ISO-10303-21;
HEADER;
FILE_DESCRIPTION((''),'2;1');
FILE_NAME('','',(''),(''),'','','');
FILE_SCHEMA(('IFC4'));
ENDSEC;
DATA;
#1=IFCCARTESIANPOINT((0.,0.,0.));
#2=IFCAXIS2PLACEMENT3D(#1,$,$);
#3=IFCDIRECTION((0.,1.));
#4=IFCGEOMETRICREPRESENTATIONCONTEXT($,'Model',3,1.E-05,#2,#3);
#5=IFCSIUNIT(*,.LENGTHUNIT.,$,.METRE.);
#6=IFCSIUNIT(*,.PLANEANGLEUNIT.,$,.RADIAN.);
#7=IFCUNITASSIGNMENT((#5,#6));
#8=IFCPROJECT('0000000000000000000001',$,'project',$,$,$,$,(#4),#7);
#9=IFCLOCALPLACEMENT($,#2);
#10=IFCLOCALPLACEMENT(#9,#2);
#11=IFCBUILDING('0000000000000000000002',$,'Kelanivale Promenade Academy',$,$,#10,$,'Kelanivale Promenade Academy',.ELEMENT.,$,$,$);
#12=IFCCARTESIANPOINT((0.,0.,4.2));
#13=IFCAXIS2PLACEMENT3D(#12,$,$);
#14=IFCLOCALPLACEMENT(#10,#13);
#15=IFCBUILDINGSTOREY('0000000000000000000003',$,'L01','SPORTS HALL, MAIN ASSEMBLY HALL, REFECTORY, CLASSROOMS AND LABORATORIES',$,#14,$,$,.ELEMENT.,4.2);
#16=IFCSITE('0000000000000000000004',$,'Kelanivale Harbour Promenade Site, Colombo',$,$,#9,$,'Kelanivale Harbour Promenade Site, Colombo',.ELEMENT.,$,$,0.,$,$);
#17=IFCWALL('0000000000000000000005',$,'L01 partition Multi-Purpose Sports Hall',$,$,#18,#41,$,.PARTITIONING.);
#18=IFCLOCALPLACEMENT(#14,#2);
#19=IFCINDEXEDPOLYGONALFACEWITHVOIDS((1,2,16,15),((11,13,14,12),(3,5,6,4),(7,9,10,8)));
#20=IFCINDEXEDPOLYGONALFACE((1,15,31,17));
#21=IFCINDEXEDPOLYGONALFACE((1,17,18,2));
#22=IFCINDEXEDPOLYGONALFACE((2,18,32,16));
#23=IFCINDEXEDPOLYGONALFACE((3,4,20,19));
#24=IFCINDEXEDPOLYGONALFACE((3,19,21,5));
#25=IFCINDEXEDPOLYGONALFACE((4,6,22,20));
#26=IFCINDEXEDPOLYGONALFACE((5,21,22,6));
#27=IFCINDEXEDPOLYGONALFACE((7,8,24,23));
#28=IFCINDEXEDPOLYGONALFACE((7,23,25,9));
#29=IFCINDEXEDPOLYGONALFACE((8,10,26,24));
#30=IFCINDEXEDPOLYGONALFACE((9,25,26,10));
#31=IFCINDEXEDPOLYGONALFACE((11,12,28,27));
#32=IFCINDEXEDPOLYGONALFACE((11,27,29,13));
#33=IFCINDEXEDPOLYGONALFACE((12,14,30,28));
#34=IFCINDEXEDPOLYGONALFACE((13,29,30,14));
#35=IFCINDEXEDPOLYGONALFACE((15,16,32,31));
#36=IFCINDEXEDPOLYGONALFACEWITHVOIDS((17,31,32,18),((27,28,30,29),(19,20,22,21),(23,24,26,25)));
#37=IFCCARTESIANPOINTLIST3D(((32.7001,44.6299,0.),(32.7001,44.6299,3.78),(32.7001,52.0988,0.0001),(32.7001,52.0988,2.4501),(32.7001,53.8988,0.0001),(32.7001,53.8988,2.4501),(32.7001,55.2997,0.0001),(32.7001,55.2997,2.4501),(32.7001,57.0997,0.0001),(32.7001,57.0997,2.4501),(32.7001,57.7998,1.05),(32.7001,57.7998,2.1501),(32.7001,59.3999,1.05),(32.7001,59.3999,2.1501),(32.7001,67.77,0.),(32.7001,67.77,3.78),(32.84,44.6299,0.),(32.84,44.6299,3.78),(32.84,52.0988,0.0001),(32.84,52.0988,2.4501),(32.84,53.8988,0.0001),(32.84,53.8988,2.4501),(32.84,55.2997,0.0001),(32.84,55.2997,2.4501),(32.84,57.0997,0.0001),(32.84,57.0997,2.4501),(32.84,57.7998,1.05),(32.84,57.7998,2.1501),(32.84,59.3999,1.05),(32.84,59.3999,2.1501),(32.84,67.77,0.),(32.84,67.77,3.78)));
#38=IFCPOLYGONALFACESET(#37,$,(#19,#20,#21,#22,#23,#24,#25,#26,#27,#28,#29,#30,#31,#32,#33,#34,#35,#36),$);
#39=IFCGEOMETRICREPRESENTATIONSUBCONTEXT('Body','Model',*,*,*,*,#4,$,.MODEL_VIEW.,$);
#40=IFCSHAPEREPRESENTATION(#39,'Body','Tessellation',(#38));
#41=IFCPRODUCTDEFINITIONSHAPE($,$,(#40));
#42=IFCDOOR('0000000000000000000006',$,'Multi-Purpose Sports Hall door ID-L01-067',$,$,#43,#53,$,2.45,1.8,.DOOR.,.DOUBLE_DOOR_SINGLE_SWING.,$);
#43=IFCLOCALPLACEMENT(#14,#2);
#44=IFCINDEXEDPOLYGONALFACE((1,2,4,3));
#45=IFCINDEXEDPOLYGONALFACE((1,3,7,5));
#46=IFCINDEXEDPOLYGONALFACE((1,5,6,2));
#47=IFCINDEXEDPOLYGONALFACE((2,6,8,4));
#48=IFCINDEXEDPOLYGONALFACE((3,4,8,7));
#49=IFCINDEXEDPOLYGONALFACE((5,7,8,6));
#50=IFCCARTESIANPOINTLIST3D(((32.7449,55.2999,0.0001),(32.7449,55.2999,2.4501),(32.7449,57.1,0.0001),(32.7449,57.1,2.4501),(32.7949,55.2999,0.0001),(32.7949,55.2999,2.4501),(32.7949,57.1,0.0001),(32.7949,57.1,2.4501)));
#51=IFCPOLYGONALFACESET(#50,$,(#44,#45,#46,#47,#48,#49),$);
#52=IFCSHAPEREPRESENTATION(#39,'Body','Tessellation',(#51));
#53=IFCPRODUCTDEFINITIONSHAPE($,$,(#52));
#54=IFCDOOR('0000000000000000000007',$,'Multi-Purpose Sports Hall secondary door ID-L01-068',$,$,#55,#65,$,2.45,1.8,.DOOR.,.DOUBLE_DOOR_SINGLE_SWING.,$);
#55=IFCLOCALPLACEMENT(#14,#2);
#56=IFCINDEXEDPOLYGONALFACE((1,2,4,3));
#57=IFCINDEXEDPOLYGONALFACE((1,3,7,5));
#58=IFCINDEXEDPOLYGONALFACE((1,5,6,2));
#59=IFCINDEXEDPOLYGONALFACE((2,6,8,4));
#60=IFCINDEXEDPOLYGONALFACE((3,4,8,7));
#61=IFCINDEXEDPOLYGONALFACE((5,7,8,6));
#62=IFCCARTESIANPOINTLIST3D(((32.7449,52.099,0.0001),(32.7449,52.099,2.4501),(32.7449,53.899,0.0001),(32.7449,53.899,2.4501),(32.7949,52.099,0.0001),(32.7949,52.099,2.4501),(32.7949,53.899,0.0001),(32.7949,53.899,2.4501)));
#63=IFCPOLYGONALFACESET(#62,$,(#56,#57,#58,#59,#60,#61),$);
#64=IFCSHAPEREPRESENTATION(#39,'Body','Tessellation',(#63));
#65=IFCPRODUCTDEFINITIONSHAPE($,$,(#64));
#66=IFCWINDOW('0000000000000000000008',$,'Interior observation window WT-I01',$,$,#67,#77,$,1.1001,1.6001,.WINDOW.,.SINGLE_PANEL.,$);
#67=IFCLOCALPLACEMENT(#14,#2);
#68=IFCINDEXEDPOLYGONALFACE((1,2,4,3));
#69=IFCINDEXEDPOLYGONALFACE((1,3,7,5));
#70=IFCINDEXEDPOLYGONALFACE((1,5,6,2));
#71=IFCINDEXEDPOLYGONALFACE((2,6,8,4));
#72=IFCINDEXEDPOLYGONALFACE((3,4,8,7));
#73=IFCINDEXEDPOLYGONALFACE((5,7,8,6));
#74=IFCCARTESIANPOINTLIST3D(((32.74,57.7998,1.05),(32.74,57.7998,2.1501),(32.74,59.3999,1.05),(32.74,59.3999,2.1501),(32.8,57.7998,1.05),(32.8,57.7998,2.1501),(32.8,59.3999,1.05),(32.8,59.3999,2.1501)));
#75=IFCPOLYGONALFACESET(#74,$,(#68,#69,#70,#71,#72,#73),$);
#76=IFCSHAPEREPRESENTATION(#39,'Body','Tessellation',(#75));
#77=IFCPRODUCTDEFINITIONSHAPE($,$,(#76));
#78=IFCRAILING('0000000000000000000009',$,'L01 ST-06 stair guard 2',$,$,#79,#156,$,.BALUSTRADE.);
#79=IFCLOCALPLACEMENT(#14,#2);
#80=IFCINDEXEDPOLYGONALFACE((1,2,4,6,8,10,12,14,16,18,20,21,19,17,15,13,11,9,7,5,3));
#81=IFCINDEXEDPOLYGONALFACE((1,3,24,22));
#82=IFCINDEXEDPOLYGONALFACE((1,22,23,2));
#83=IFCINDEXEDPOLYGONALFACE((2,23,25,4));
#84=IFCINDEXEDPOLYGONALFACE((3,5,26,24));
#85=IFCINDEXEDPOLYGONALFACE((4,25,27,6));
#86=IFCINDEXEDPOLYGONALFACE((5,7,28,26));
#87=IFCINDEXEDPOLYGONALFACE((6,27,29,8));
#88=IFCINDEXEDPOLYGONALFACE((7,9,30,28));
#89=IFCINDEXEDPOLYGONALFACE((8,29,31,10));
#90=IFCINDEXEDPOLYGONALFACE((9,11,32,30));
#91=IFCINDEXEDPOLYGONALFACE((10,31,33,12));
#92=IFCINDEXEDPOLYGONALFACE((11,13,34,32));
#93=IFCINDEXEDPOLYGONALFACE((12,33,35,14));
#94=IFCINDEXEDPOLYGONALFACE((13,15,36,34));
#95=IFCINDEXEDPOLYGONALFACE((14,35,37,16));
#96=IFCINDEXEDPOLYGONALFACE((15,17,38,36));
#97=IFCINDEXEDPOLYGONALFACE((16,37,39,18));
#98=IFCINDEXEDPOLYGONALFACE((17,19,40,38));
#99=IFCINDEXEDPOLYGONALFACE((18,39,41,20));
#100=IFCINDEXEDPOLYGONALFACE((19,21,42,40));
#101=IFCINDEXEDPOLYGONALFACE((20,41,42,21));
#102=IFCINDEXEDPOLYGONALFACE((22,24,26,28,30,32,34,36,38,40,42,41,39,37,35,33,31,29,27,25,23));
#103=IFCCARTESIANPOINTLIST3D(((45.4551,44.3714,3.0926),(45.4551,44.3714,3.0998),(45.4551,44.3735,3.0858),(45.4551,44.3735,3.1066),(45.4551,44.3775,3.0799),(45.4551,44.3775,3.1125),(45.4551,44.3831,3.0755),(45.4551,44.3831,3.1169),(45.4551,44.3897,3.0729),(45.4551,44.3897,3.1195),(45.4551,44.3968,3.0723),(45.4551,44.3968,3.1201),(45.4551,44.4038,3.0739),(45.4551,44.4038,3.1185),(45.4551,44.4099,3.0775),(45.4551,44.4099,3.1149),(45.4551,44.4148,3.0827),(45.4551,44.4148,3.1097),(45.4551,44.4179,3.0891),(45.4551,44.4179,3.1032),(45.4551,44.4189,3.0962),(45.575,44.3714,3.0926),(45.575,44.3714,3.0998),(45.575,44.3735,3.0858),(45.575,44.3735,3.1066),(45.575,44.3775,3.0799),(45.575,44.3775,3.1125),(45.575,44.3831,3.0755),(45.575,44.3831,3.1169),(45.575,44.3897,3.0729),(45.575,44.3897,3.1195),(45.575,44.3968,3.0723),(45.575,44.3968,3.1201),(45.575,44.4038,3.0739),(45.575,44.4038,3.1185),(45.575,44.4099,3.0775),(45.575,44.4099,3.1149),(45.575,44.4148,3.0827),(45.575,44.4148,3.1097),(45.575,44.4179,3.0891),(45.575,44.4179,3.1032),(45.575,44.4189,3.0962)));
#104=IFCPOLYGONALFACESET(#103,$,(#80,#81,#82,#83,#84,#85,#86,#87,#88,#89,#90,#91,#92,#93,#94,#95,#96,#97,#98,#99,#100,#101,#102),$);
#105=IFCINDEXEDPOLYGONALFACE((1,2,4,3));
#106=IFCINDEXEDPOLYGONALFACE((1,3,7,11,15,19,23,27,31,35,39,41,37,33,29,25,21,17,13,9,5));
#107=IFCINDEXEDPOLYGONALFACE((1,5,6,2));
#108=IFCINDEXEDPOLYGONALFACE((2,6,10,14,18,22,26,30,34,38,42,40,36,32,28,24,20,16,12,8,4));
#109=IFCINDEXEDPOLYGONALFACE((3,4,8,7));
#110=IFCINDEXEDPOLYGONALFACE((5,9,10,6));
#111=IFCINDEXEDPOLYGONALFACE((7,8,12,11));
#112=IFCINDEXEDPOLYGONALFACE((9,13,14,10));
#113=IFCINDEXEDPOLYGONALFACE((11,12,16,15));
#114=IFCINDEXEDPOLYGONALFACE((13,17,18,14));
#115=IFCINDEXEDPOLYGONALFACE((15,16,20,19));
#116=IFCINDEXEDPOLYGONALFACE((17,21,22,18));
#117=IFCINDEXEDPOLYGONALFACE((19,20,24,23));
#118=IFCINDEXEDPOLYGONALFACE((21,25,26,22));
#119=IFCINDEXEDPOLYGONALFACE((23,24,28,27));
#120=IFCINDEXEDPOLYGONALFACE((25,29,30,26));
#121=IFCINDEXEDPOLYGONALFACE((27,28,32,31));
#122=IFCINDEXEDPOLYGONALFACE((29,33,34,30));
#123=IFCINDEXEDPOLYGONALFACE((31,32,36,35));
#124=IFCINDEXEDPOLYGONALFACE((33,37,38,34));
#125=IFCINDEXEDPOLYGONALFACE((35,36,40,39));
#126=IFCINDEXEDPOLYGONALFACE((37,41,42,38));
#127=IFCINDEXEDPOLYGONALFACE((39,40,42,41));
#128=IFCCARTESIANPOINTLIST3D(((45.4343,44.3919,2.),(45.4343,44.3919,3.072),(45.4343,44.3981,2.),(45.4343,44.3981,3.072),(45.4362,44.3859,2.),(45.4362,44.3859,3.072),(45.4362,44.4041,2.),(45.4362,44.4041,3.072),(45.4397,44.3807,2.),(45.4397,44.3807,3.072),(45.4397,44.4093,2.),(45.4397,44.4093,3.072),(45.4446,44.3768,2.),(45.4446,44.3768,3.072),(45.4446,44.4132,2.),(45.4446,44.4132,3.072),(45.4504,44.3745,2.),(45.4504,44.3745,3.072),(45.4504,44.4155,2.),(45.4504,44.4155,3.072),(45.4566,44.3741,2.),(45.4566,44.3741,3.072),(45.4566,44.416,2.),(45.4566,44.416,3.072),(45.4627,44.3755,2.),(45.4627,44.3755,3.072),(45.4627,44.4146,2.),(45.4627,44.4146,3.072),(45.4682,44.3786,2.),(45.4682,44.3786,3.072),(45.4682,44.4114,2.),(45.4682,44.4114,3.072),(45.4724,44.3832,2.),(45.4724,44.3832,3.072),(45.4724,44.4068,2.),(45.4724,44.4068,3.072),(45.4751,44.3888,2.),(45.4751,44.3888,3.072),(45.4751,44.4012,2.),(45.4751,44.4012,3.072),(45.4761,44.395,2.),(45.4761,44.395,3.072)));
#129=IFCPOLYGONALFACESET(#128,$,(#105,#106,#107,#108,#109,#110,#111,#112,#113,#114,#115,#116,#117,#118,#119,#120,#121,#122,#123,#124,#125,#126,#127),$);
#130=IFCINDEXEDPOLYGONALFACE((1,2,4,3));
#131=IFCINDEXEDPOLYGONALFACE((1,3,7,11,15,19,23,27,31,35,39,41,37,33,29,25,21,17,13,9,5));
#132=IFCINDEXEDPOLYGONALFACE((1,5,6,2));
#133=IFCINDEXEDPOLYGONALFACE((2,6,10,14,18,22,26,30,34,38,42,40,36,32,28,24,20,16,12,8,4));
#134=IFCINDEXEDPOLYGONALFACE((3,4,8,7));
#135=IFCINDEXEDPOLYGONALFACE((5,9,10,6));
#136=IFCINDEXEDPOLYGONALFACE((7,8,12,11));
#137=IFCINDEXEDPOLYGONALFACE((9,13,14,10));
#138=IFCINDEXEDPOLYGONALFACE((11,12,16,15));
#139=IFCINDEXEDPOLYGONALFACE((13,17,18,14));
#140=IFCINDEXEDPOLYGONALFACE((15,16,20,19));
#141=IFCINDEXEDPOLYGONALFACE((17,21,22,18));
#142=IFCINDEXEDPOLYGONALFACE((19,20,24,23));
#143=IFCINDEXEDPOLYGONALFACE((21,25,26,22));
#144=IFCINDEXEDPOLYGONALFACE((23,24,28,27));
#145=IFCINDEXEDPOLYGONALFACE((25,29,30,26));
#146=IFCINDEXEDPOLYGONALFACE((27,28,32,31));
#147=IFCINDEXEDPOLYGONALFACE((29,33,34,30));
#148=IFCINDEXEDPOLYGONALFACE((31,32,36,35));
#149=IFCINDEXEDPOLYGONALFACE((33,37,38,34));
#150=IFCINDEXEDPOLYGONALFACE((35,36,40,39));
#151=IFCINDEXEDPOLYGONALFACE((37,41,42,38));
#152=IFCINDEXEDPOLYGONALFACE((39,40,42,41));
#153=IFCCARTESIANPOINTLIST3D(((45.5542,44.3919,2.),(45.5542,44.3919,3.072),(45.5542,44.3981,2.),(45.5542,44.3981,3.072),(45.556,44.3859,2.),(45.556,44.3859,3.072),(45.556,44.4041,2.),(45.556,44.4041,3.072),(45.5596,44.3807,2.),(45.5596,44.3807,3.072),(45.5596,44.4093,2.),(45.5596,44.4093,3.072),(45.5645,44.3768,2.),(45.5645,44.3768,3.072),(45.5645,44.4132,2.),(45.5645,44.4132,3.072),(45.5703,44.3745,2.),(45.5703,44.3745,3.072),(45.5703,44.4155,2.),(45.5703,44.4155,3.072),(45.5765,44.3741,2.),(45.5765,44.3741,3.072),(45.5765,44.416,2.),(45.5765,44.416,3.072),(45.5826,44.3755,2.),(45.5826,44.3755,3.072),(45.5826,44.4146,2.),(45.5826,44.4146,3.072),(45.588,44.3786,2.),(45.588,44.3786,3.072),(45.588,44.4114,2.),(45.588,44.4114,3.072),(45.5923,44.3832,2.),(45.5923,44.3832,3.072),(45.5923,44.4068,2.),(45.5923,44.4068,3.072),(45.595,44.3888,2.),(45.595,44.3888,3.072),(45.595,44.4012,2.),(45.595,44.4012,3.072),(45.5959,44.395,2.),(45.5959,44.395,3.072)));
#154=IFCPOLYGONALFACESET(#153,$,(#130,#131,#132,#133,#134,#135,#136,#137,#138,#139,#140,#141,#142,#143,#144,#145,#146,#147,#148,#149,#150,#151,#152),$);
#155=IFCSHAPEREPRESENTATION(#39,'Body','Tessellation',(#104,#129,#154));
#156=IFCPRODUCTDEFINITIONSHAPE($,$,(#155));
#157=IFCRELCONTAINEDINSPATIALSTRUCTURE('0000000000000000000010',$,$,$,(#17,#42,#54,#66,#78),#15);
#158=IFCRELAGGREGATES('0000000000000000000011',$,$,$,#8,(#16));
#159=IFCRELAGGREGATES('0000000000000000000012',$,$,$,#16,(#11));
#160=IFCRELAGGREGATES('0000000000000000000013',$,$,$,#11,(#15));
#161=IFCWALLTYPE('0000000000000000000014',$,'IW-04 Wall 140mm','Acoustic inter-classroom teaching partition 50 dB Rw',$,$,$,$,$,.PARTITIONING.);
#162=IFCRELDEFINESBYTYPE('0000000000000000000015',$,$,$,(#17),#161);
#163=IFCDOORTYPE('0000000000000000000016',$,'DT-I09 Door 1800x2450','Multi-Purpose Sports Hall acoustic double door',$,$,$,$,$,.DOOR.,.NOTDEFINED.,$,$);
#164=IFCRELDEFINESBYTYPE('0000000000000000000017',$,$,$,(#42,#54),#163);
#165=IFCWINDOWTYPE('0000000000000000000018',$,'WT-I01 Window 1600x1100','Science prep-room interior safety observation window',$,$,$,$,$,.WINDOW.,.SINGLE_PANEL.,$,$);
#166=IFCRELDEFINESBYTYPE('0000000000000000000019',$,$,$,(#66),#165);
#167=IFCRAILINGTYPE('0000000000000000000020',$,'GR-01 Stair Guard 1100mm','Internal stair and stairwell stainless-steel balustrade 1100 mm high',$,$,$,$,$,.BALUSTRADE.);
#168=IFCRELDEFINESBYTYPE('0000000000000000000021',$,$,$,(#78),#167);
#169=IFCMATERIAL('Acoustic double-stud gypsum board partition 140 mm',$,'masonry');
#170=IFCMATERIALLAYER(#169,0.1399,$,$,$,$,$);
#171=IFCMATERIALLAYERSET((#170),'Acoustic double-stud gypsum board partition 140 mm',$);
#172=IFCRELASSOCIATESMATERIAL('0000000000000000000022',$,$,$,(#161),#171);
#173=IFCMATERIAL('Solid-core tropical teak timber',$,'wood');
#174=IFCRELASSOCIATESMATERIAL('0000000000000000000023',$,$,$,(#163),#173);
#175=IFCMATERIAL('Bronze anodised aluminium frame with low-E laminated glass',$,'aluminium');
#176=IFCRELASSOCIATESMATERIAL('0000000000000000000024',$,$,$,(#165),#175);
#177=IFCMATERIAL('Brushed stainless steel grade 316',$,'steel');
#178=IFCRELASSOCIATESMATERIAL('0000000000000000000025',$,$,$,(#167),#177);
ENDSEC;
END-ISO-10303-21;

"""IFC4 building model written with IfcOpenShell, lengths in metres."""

from ifc_helpers import new_model, si_unit, direction, frame, frame_2d, origin, origin_2d, place, context, subcontext, project, spatial, rectangle, circle, extrude, material, layer, layer_set, type_object, element, fill, save


model = new_model("IFC4")

# Units and contexts
model_context = context("Model", 3, precision=1e-05, world=origin(), true_north=direction((0.0, 1.0)))
body_context = subcontext(model_context, "Body", "Model", "MODEL_VIEW")
ifc_project = project(units=[si_unit("LENGTHUNIT", "METRE"), si_unit("PLANEANGLEUNIT", "RADIAN")], contexts=[model_context])

# Site, building, storey
site_placement = place(None, origin())
site = spatial("IfcSite", under=ifc_project, at=site_placement, Name="Kelanivale Harbour Promenade Site, Colombo", LongName="Kelanivale Harbour Promenade Site, Colombo", CompositionType="ELEMENT", RefElevation=0.0)
building_placement = place(site_placement, origin())
building = spatial("IfcBuilding", under=site, at=building_placement, Name="Kelanivale Promenade Academy", LongName="Kelanivale Promenade Academy", CompositionType="ELEMENT")
storey_placement = place(building_placement, frame((0.0, 0.0, 4.2)))
storey = spatial("IfcBuildingStorey", under=building, at=storey_placement, Name="L01", Description="SPORTS HALL, MAIN ASSEMBLY HALL, REFECTORY, CLASSROOMS AND LABORATORIES", CompositionType="ELEMENT", Elevation=4.2)

# Shared definitions
ifc_material_1 = material(Name="Bronze anodised aluminium frame with low-E laminated glass", Category="aluminium")

# Shared definitions
ifc_material_2 = material(Name="Acoustic double-stud gypsum board partition 140 mm", Category="masonry")
ifc_layer_1 = layer(ifc_material_2, 0.1399)
ifc_layer_set_1 = layer_set([ifc_layer_1], Name="Acoustic double-stud gypsum board partition 140 mm")
wall_type_1 = type_object("IfcWallType", Name="IW-04 Wall 140mm", Description="Acoustic inter-classroom teaching partition 50 dB Rw", PredefinedType="PARTITIONING", material=ifc_layer_set_1)

# Wall, openings, doors, window
wall_1_placement = place(storey_placement, frame((32.77, 44.6299, 0.0), z_axis=(0.0, 0.0, 1.0), x_axis=(0.0, 1.0, 0.0)))
wall_1 = element("IfcWall", 1, at=wall_1_placement, inside=storey, type_object=wall_type_1, Name="L01 partition Multi-Purpose Sports Hall", PredefinedType="PARTITIONING", context=body_context, shape_type="SweptSolid", body=[
    extrude(rectangle(XDim=23.1401, YDim=0.1399, at=frame_2d((11.5701, 0.0))), origin(), (0.0, 0.0, 1.0), 3.78),
])
opening_1_placement = place(wall_1_placement, frame((10.6699, 0.0, 0.0)))
opening_1 = element("IfcOpeningElement", 2, at=opening_1_placement, cuts=wall_1, PredefinedType="OPENING", context=body_context, shape_type="SweptSolid", body=[
    extrude(rectangle(XDim=1.8, YDim=2.45, at=frame_2d((0.8999, 1.2251))), frame((0.0, 0.0801, 0.0), z_axis=(0.0, -1.0, 0.0), x_axis=(1.0, 0.0, 0.0)), (0.0, 0.0, 1.0), 0.1599),
])
opening_2_placement = place(wall_1_placement, frame((7.469, 0.0, 0.0)))
opening_2 = element("IfcOpeningElement", 3, at=opening_2_placement, cuts=wall_1, PredefinedType="OPENING", context=body_context, shape_type="SweptSolid", body=[
    extrude(rectangle(XDim=1.8, YDim=2.45, at=frame_2d((0.8999, 1.2251))), frame((0.0, 0.0801, 0.0), z_axis=(0.0, -1.0, 0.0), x_axis=(1.0, 0.0, 0.0)), (0.0, 0.0, 1.0), 0.1599),
])
opening_3_placement = place(wall_1_placement, frame((13.1699, 0.0, 1.05)))
opening_3 = element("IfcOpeningElement", 4, at=opening_3_placement, cuts=wall_1, PredefinedType="OPENING", context=body_context, shape_type="SweptSolid", body=[
    extrude(rectangle(XDim=1.6001, YDim=1.1001, at=frame_2d((0.8, 0.55))), frame((0.0, 0.0801, 0.0), z_axis=(0.0, -1.0, 0.0), x_axis=(1.0, 0.0, 0.0)), (0.0, 0.0, 1.0), 0.1599),
])
ifc_material_3 = material(Name="Solid-core tropical teak timber", Category="wood")
door_type = type_object("IfcDoorType", Name="DT-I09 Door 1800x2450", Description="Multi-Purpose Sports Hall acoustic double door", OperationType="NOTDEFINED", PredefinedType="DOOR", material=ifc_material_3)
door_1_placement = place(opening_1_placement, frame((1.8, 0.0, 0.0), z_axis=(0.0, 0.0, 1.0), x_axis=(-1.0, 0.0, 0.0)))
door_1 = element("IfcDoor", 5, at=door_1_placement, inside=storey, type_object=door_type, Name="Multi-Purpose Sports Hall door ID-L01-067", OperationType="DOUBLE_DOOR_SINGLE_SWING", OverallHeight=2.45, OverallWidth=1.8, PredefinedType="DOOR", context=body_context, shape_type="SweptSolid", body=[
    extrude(rectangle(XDim=1.8, YDim=2.45, at=frame_2d((0.8999, 1.2251))), frame((0.0, 0.0249, 0.0), z_axis=(0.0, -1.0, 0.0), x_axis=(1.0, 0.0, 0.0)), (0.0, 0.0, 1.0), 0.05),
])
fill(opening_1, door_1)
door_2_placement = place(opening_2_placement, frame((1.8, 0.0, 0.0), z_axis=(0.0, 0.0, 1.0), x_axis=(-1.0, 0.0, 0.0)))
door_2 = element("IfcDoor", 6, at=door_2_placement, inside=storey, type_object=door_type, Name="Multi-Purpose Sports Hall secondary door ID-L01-068", OperationType="DOUBLE_DOOR_SINGLE_SWING", OverallHeight=2.45, OverallWidth=1.8, PredefinedType="DOOR", context=body_context, shape_type="SweptSolid", body=[
    extrude(rectangle(XDim=1.8, YDim=2.45, at=frame_2d((0.8999, 1.2251))), frame((0.0, 0.0249, 0.0), z_axis=(0.0, -1.0, 0.0), x_axis=(1.0, 0.0, 0.0)), (0.0, 0.0, 1.0), 0.05),
])
fill(opening_2, door_2)
window_type_1 = type_object("IfcWindowType", Name="WT-I01 Window 1600x1100", Description="Science prep-room interior safety observation window", PartitioningType="SINGLE_PANEL", PredefinedType="WINDOW", material=ifc_material_1)
window_1_placement = place(opening_3_placement, origin())
window_1 = element("IfcWindow", 7, at=window_1_placement, inside=storey, type_object=window_type_1, Name="Interior observation window WT-I01", OverallHeight=1.1001, OverallWidth=1.6001, PartitioningType="SINGLE_PANEL", PredefinedType="WINDOW", context=body_context, shape_type="SweptSolid", body=[
    extrude(rectangle(XDim=1.6001, YDim=1.1001, at=frame_2d((0.8, 0.55))), frame((0.0, 0.03, 0.0), z_axis=(0.0, -1.0, 0.0), x_axis=(1.0, 0.0, 0.0)), (0.0, 0.0, 1.0), 0.0601),
])
fill(opening_3, window_1)

# Railing
ifc_material_4 = material(Name="Brushed stainless steel grade 316", Category="steel")
railing_type = type_object("IfcRailingType", Name="GR-01 Stair Guard 1100mm", Description="Internal stair and stairwell stainless-steel balustrade 1100 mm high", PredefinedType="BALUSTRADE", material=ifc_material_4)
railing_placement = place(storey_placement, frame((45.4551, 44.395, 2.0)))
element("IfcRailing", 8, at=railing_placement, inside=storey, type_object=railing_type, Name="L01 ST-06 stair guard 2", PredefinedType="BALUSTRADE", context=body_context, shape_type="SweptSolid", body=[
    extrude(circle(Radius=0.0239, at=origin_2d()), frame((0.0, 0.0, 1.0962), z_axis=(1.0, 0.0, 0.0), x_axis=(0.0, 1.0, 0.0)), (0.0, 0.0, 1.0), 0.1199),
    extrude(circle(Radius=0.021, at=origin_2d()), origin(), (0.0, 0.0, 1.0), 1.072),
    extrude(circle(Radius=0.021, at=origin_2d()), frame((0.1199, 0.0, 0.0)), (0.0, 0.0, 1.0), 1.072),
])

save(model, "model.ifc")
